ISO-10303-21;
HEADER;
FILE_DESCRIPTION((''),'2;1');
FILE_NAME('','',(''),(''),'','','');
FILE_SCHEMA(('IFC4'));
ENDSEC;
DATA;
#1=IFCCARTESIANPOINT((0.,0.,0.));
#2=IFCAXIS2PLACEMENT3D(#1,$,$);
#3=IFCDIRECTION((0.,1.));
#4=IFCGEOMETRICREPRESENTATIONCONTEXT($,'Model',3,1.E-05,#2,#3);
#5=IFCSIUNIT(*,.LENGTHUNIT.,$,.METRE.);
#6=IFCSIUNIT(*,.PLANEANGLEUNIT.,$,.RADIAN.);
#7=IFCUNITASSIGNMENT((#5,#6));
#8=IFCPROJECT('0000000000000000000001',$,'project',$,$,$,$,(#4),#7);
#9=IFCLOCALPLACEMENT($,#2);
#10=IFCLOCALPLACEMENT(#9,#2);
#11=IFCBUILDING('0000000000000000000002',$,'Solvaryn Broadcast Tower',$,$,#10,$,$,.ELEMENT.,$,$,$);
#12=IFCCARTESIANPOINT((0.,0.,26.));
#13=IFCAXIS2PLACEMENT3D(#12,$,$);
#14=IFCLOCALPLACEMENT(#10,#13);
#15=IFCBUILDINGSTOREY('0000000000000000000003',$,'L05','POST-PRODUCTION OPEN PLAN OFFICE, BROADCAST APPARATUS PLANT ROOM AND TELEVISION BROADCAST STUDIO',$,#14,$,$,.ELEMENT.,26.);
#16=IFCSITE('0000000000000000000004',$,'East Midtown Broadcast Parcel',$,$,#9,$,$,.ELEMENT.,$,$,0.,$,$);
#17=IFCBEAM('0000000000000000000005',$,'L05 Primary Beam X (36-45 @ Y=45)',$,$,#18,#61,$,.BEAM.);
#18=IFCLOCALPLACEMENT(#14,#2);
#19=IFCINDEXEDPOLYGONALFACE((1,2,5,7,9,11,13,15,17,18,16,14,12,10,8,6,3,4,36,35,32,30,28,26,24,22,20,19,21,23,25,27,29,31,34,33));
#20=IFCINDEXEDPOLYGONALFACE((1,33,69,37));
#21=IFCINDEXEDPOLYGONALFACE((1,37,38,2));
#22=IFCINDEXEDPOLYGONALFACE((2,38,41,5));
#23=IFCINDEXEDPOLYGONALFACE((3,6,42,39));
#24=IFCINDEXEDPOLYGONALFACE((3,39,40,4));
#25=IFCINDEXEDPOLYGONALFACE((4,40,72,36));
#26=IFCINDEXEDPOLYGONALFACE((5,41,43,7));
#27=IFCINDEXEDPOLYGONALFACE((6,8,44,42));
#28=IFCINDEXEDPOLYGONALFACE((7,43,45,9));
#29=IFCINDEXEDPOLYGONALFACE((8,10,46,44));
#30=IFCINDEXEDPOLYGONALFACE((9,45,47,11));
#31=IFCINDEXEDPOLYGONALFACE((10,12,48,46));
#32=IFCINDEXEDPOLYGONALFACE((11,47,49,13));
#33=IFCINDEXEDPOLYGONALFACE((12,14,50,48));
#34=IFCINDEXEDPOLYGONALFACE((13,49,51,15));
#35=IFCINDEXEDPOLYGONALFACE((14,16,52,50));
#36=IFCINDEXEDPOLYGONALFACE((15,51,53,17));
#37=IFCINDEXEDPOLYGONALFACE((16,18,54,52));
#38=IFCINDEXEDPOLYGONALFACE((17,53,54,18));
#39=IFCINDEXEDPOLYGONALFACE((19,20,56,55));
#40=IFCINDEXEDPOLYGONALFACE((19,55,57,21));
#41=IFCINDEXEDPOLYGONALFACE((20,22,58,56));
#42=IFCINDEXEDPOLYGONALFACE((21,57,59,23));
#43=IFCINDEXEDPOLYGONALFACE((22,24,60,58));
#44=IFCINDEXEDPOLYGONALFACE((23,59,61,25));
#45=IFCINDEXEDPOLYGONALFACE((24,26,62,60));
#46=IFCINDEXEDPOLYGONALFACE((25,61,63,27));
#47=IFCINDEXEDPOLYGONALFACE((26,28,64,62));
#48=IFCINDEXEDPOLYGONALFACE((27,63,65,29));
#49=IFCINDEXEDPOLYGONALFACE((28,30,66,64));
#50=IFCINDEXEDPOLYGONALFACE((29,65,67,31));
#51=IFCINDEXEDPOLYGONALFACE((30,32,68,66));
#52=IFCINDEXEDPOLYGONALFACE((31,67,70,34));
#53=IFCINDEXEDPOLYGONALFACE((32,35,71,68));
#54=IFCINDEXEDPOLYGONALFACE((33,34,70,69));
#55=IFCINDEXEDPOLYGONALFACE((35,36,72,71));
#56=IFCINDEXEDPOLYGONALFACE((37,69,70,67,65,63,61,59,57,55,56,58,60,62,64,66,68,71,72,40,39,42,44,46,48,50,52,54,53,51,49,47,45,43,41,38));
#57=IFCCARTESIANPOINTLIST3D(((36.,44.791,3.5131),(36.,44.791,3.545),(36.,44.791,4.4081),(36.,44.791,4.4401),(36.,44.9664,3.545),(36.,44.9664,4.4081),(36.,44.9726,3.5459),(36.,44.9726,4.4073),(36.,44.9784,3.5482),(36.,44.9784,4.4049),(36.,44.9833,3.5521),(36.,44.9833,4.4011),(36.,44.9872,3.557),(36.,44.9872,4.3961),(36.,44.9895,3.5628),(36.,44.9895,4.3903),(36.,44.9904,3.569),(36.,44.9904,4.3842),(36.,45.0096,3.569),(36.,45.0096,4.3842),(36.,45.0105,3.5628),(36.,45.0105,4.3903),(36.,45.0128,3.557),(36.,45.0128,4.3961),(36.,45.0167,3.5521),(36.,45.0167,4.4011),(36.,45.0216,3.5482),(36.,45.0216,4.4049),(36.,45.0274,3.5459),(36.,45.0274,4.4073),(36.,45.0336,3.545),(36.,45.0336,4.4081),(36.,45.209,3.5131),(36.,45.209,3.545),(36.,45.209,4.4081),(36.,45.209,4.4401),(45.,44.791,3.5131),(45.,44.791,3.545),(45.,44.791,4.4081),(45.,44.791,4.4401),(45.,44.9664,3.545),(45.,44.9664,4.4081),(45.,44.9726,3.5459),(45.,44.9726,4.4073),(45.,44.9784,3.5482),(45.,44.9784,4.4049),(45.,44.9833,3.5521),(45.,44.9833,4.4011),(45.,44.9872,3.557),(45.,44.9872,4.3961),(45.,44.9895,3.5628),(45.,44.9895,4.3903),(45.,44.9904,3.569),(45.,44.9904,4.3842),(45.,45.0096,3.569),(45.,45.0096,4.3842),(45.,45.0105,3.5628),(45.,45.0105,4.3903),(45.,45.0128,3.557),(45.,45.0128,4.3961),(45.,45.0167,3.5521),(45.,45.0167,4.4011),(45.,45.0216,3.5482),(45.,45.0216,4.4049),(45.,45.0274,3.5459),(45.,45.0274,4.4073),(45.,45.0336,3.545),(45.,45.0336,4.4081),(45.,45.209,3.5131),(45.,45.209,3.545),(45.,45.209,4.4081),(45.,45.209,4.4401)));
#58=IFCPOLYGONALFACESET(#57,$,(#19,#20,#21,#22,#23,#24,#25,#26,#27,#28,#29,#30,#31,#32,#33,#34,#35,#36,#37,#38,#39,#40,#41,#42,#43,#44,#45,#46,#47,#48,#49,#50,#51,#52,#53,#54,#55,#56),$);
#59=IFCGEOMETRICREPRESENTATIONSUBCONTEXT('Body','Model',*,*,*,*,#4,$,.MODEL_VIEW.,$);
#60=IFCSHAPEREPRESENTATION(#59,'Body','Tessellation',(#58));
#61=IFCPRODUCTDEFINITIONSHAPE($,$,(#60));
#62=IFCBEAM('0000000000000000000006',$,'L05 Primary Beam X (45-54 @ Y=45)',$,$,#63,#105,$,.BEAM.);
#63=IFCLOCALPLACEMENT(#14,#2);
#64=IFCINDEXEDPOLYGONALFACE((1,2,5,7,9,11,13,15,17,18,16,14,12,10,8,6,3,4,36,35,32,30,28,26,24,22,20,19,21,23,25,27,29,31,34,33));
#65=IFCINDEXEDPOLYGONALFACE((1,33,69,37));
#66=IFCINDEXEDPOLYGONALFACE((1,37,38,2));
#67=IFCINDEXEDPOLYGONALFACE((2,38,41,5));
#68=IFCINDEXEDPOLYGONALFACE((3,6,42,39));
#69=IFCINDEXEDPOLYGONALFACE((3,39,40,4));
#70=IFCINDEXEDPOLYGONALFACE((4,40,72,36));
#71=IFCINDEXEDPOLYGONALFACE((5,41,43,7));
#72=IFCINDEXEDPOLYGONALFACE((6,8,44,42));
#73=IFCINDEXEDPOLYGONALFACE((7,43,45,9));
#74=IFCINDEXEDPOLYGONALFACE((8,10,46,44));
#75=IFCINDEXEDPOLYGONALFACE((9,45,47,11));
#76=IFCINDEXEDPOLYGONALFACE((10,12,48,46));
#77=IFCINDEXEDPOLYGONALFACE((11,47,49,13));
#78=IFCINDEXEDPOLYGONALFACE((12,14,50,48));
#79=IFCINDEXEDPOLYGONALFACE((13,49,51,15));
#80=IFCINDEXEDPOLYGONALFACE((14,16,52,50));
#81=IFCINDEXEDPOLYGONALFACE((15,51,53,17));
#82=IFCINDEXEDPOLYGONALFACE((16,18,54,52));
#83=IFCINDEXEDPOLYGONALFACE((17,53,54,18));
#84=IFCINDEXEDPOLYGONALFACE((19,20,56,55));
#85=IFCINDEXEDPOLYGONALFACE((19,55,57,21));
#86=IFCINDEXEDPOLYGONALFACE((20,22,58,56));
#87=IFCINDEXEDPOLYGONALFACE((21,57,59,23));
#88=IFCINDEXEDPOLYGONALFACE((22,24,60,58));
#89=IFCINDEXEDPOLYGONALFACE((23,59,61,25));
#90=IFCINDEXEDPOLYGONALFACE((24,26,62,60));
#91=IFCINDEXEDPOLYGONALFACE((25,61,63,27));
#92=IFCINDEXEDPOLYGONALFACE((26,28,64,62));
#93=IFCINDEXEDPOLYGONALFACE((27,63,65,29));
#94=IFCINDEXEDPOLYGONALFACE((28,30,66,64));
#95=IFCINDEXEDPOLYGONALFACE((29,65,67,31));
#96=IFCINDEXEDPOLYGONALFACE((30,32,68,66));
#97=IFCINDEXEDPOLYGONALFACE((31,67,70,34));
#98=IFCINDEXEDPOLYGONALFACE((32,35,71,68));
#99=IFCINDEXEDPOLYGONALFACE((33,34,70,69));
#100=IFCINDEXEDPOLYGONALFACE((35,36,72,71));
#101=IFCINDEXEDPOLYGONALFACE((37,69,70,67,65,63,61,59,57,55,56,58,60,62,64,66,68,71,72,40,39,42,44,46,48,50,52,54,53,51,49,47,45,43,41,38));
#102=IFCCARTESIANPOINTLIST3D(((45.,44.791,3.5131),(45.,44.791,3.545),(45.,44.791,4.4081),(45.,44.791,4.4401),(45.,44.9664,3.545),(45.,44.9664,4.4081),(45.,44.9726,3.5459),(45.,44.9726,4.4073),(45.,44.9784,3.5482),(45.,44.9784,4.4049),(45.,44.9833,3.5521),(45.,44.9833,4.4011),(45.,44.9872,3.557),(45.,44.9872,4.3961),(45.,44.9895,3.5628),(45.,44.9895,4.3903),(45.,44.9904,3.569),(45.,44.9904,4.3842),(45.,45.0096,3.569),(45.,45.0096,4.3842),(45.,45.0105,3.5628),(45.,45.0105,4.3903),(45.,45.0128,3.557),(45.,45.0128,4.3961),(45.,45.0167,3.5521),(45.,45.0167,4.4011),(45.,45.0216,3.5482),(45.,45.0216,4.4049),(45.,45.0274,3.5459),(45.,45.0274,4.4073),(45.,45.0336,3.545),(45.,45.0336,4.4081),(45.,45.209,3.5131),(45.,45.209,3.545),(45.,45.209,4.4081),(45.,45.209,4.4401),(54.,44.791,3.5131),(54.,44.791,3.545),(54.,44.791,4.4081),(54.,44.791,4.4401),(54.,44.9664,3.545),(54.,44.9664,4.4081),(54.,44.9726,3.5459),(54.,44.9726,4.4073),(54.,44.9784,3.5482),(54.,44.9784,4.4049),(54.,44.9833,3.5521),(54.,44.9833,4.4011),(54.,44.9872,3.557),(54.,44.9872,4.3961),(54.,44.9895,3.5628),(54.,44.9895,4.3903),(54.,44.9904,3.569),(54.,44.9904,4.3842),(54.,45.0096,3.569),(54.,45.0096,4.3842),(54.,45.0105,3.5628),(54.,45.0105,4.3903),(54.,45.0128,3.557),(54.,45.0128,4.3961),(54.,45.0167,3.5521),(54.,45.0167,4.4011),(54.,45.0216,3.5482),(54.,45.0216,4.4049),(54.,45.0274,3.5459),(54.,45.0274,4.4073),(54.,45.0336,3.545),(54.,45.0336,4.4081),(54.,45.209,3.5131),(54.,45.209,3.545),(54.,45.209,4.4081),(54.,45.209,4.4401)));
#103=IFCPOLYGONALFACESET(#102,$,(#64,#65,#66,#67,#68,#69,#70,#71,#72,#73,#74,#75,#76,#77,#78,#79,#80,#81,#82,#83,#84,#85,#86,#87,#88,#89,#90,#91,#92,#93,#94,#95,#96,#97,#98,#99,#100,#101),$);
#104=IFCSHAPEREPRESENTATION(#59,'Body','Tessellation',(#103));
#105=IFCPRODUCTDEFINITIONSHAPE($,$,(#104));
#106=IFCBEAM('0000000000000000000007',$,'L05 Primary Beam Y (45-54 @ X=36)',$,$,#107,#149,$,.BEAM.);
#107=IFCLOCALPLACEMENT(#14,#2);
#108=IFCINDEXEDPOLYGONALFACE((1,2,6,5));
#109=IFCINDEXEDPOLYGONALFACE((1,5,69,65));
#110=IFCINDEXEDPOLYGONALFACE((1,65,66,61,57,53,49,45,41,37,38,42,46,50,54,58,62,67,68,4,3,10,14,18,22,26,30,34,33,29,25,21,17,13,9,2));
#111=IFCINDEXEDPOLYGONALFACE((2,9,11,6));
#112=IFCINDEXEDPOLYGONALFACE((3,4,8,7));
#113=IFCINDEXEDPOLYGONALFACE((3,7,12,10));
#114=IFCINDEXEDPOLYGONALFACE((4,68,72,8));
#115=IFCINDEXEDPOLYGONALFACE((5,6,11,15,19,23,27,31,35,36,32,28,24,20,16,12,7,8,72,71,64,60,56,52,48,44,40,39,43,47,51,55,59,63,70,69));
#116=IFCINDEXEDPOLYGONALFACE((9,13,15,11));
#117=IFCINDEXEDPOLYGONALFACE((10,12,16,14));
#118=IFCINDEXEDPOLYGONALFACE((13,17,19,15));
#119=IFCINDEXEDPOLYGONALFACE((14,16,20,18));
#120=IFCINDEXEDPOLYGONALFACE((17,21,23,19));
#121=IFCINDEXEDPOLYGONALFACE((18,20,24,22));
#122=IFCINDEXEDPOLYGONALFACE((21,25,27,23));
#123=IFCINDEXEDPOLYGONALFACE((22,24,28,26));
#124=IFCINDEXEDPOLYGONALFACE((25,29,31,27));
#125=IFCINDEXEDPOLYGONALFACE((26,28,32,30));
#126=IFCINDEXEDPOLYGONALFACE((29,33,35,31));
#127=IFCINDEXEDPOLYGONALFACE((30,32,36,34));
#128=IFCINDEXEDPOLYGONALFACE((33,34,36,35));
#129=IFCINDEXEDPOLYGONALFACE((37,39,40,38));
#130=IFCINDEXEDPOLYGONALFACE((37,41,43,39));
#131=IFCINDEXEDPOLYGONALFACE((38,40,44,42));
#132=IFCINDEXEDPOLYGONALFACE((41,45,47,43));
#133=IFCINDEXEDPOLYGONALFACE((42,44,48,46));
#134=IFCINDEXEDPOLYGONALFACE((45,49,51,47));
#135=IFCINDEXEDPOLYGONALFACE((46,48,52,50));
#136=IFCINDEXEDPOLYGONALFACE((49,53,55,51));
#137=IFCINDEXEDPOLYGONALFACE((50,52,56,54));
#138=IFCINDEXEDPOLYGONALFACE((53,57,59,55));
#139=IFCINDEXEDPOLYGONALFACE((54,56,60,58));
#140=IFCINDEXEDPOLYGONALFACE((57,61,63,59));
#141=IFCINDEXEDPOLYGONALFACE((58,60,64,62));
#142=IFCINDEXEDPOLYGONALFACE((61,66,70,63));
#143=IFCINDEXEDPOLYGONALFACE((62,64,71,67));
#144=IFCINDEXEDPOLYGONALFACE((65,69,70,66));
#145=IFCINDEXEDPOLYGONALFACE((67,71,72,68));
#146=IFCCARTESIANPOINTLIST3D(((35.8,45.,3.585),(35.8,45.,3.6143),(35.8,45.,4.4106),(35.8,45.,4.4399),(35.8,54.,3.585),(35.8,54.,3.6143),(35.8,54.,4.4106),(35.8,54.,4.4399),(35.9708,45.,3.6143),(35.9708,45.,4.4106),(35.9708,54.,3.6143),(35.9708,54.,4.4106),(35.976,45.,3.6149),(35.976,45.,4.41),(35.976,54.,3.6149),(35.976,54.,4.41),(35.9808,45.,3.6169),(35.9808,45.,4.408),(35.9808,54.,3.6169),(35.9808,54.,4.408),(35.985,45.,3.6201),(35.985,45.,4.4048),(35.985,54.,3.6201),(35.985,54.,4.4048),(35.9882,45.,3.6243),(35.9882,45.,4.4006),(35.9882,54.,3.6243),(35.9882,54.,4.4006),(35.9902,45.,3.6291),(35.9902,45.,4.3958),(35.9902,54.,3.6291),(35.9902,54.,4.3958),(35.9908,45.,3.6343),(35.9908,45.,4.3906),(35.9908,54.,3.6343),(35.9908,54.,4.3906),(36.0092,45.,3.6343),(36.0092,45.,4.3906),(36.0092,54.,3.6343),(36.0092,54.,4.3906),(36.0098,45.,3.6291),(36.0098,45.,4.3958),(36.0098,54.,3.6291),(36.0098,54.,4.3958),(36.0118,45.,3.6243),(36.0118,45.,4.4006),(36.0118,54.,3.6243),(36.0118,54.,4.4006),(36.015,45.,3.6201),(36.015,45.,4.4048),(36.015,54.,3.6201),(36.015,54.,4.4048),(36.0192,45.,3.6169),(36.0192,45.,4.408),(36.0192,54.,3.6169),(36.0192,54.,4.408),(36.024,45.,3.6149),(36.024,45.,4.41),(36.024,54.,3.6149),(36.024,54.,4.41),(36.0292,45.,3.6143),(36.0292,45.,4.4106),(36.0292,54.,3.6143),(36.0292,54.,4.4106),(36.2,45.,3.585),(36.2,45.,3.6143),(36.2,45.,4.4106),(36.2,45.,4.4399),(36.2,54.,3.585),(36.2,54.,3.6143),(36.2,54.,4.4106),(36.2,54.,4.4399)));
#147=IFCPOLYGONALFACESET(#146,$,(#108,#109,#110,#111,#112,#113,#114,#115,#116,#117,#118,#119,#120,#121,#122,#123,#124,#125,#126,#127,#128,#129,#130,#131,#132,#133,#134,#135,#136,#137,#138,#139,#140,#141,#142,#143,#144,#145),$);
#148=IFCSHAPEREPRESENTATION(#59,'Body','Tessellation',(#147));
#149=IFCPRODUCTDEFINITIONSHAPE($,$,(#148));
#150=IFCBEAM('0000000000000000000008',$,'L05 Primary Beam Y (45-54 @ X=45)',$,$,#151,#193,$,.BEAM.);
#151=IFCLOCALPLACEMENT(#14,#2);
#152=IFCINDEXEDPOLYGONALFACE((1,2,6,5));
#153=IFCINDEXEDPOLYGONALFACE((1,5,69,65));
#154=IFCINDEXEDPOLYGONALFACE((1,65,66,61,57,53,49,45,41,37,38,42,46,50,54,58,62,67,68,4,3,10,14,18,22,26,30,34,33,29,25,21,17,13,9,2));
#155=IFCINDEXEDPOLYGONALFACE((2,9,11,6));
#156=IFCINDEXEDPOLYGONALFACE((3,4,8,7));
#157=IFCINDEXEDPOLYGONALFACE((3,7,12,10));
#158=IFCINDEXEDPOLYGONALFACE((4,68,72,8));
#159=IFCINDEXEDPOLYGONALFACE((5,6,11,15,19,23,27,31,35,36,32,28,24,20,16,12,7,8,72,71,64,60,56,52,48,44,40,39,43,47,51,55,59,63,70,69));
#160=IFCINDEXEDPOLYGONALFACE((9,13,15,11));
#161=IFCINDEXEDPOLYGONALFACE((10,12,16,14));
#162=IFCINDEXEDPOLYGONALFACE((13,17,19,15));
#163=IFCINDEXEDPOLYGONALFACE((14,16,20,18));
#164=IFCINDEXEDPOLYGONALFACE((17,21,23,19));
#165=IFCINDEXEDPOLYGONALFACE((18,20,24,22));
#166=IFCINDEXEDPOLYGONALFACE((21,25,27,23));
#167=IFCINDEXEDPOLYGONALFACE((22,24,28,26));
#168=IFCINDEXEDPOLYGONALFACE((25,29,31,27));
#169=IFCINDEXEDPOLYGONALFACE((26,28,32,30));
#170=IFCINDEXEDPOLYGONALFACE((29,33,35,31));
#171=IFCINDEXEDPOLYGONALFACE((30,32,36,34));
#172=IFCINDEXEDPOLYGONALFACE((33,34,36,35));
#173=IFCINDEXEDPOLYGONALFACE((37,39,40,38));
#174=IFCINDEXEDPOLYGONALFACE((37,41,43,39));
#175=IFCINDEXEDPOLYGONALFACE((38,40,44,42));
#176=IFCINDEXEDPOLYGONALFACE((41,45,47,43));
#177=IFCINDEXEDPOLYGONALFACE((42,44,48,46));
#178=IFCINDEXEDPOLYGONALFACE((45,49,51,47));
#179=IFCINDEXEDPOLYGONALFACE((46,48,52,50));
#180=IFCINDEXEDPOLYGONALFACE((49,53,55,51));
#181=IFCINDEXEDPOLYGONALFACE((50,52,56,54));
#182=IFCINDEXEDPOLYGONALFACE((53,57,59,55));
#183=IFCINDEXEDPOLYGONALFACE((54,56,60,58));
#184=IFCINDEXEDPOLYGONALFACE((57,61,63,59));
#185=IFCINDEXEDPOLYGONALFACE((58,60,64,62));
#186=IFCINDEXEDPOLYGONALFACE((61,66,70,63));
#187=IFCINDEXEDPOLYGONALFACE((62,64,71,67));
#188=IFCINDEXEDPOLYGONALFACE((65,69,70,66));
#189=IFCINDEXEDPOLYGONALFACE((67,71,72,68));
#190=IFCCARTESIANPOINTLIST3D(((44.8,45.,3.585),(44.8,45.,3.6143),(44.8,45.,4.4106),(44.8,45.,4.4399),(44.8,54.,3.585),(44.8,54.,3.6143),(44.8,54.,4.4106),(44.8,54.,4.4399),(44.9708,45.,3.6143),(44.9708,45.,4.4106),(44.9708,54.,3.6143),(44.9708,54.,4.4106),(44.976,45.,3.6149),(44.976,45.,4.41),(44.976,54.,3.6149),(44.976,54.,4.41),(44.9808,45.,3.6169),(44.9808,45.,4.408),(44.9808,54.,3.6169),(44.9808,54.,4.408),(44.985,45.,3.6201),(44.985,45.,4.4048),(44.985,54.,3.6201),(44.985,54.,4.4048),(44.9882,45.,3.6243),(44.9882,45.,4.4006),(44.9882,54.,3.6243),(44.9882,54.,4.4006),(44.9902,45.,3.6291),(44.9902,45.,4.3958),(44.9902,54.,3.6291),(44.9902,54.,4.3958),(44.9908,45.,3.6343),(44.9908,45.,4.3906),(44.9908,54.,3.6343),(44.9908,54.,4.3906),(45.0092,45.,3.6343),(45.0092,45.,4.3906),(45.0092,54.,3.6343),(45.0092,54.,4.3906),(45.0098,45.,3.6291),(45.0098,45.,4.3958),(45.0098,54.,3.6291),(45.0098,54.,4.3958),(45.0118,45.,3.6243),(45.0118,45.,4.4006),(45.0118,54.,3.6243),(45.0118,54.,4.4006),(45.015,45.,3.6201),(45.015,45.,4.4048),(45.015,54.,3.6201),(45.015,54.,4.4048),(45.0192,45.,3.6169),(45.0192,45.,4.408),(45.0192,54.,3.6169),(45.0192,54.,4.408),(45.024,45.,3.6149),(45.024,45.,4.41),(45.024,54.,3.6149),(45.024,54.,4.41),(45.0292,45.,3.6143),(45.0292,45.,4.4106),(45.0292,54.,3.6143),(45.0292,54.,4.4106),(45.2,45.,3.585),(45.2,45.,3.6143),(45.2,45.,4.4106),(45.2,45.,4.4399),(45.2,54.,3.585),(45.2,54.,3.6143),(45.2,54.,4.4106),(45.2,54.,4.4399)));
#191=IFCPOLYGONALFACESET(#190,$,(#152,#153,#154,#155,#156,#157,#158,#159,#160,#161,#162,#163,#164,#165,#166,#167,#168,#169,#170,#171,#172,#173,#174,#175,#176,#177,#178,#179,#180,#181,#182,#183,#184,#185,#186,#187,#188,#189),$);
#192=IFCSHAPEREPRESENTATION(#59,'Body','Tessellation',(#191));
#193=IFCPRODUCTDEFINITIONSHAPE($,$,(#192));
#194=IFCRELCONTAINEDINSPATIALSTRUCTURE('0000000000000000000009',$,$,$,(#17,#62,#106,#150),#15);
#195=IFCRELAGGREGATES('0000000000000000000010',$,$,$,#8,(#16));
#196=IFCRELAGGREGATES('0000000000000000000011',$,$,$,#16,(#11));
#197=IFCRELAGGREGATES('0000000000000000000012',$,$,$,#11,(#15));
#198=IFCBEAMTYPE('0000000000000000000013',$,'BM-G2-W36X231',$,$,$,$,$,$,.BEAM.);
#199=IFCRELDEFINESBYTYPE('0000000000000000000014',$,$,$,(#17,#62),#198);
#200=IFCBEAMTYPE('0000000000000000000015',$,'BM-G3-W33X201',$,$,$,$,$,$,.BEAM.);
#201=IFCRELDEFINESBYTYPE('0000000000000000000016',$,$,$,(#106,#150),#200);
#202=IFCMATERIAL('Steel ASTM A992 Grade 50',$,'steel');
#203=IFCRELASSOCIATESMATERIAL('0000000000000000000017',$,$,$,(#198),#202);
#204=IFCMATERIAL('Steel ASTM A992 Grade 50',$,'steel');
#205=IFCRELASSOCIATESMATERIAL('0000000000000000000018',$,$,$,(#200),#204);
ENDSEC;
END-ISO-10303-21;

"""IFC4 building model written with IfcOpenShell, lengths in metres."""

from ifc_helpers import new_model, si_unit, direction, frame, origin, origin_2d, place, context, subcontext, project, spatial, i_section, extrude, material, material_profile, profile_set, type_object, element, save


model = new_model("IFC4")

# Units and contexts
model_context = context("Model", 3, precision=1e-05, world=origin(), true_north=direction((0.0, 1.0)))
body_context = subcontext(model_context, "Body", "Model", "MODEL_VIEW")
ifc_project = project(units=[si_unit("LENGTHUNIT", "METRE"), si_unit("PLANEANGLEUNIT", "RADIAN")], contexts=[model_context])

# Site, building, storey
site_placement = place(None, origin())
site = spatial("IfcSite", under=ifc_project, at=site_placement, Name="East Midtown Broadcast Parcel", CompositionType="ELEMENT", RefElevation=0.0)
building_placement = place(site_placement, origin())
building = spatial("IfcBuilding", under=site, at=building_placement, Name="Solvaryn Broadcast Tower", CompositionType="ELEMENT")
storey_placement = place(building_placement, frame((0.0, 0.0, 26.0)))
storey = spatial("IfcBuildingStorey", under=building, at=storey_placement, Name="L05", Description="POST-PRODUCTION OPEN PLAN OFFICE, BROADCAST APPARATUS PLANT ROOM AND TELEVISION BROADCAST STUDIO", CompositionType="ELEMENT", Elevation=26.0)

# Beams
ifc_material_1 = material(Name="Steel ASTM A992 Grade 50", Category="steel")
ifc_material_profile_1 = material_profile(ifc_material_1, i_section(OverallWidth=0.418, OverallDepth=0.927, WebThickness=0.0193, FlangeThickness=0.032, FilletRadius=0.0239, at=origin_2d()))
ifc_profile_set_1 = profile_set([ifc_material_profile_1], Name="Steel ASTM A992 Grade 50")
beam_type_1 = type_object("IfcBeamType", Name="BM-G2-W36X231", PredefinedType="BEAM", material=ifc_profile_set_1)
for number, where, z_axis, x_axis, name in (
    (1, (36.0, 45.0, 3.9766), (1.0, 0.0, 0.0), (0.0, 1.0, 0.0), "L05 Primary Beam X (36-45 @ Y=45)"),
    (2, (45.0, 45.0, 3.9766), (1.0, 0.0, 0.0), (0.0, 1.0, 0.0), "L05 Primary Beam X (45-54 @ Y=45)"),
):
    element("IfcBeam", number, at=place(storey_placement, frame(where, z_axis=z_axis, x_axis=x_axis)), inside=storey, type_object=beam_type_1, Name=name, PredefinedType="BEAM", context=body_context, shape_type="SweptSolid", body=[
        extrude(i_section(OverallWidth=0.418, OverallDepth=0.927, WebThickness=0.0193, FlangeThickness=0.032, FilletRadius=0.0239, at=origin_2d()), origin(), (0.0, 0.0, 1.0), 9.0),
    ])
ifc_material_2 = material(Name="Steel ASTM A992 Grade 50", Category="steel")
ifc_material_profile_2 = material_profile(ifc_material_2, i_section(OverallWidth=0.3999, OverallDepth=0.855, WebThickness=0.0183, FlangeThickness=0.0293, FilletRadius=0.02, at=origin_2d()))
ifc_profile_set_2 = profile_set([ifc_material_profile_2], Name="Steel ASTM A992 Grade 50")
beam_type_2 = type_object("IfcBeamType", Name="BM-G3-W33X201", PredefinedType="BEAM", material=ifc_profile_set_2)
for number, where, z_axis, x_axis, name in (
    (3, (36.0, 45.0, 4.0125), (0.0, 1.0, 0.0), (-1.0, 0.0, 0.0), "L05 Primary Beam Y (45-54 @ X=36)"),
    (4, (45.0, 45.0, 4.0125), (0.0, 1.0, 0.0), (-1.0, 0.0, 0.0), "L05 Primary Beam Y (45-54 @ X=45)"),
):
    element("IfcBeam", number, at=place(storey_placement, frame(where, z_axis=z_axis, x_axis=x_axis)), inside=storey, type_object=beam_type_2, Name=name, PredefinedType="BEAM", context=body_context, shape_type="SweptSolid", body=[
        extrude(i_section(OverallWidth=0.3999, OverallDepth=0.855, WebThickness=0.0183, FlangeThickness=0.0293, FilletRadius=0.02, at=origin_2d()), origin(), (0.0, 0.0, 1.0), 9.0),
    ])

save(model, "model.ifc")
